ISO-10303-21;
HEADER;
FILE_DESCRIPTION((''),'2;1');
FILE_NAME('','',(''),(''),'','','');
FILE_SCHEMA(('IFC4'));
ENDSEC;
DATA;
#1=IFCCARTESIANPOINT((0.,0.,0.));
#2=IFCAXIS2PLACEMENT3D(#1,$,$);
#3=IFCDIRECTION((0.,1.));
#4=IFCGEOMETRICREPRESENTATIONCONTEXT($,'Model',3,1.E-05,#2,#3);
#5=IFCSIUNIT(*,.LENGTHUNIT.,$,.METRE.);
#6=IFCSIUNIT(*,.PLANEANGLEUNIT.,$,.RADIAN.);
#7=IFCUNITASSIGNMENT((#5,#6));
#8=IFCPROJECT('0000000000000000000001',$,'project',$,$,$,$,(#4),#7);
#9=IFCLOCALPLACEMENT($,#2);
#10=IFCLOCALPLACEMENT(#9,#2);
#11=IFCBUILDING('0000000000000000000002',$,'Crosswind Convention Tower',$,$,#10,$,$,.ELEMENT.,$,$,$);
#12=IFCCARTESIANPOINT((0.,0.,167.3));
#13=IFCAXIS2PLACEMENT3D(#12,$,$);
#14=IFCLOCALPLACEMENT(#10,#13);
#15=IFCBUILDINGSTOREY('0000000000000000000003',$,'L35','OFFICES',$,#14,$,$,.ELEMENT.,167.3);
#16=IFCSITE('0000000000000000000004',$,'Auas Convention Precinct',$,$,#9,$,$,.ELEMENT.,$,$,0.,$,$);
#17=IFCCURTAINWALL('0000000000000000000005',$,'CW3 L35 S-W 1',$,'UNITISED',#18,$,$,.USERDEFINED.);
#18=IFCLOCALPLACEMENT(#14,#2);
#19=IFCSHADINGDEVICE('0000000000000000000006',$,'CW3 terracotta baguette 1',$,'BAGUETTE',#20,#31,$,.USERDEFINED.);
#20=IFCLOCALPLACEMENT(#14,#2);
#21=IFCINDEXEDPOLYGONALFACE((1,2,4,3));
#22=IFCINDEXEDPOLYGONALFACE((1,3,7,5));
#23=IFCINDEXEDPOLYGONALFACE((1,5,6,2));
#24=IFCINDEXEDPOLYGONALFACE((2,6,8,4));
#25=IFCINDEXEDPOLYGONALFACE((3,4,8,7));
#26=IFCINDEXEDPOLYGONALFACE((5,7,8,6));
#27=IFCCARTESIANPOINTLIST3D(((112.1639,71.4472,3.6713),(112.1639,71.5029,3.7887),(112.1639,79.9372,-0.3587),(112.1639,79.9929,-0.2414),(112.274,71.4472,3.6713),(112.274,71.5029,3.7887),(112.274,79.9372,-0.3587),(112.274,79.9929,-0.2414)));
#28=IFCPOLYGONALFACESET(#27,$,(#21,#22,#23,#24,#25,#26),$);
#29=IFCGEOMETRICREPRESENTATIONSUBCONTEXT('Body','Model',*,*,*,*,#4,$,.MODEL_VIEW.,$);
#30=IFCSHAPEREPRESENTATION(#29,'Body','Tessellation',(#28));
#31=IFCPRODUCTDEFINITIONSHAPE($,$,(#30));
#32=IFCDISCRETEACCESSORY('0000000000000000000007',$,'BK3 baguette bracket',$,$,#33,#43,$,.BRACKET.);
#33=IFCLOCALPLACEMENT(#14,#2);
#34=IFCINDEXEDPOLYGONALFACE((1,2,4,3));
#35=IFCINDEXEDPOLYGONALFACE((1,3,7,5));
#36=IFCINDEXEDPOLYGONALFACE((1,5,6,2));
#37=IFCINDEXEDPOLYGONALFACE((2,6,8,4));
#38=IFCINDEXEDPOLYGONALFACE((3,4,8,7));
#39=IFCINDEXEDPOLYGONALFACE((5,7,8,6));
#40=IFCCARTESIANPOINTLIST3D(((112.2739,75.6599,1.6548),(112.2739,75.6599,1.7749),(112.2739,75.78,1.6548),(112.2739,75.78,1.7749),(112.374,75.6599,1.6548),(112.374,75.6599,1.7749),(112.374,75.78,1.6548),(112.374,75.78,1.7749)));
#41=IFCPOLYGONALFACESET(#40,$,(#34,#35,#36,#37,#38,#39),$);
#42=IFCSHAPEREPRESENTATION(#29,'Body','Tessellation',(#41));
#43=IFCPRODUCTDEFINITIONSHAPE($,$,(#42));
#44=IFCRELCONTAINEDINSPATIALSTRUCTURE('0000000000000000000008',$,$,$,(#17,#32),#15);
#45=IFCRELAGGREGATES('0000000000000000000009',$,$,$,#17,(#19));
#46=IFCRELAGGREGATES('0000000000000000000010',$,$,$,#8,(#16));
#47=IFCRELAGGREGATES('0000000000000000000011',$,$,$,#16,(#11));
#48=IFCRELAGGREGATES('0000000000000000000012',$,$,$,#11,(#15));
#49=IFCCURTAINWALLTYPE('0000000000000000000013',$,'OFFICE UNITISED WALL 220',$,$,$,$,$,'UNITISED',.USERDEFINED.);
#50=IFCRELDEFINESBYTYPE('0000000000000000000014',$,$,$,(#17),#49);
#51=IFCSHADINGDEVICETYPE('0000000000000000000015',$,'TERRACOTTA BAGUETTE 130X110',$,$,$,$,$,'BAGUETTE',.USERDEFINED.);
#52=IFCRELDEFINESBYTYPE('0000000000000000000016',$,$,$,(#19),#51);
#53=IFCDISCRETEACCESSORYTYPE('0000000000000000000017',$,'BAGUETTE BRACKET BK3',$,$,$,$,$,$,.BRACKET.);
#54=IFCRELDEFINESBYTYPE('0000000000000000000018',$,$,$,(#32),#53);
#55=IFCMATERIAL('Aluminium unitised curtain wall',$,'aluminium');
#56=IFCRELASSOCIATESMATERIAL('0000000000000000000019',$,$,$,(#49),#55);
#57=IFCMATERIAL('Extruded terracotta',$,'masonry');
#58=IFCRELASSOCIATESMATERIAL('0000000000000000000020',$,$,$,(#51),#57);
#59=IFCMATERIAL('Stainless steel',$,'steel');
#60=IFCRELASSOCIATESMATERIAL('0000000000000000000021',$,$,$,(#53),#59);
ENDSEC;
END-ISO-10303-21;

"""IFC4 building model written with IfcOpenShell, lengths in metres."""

from ifc_helpers import new_model, si_unit, direction, frame, origin, origin_2d, place, context, subcontext, project, spatial, rectangle, extrude, material, material_profile, profile_set, type_object, element, aggregate, save


model = new_model("IFC4")

# Units and contexts
model_context = context("Model", 3, precision=1e-05, world=origin(), true_north=direction((0.0, 1.0)))
body_context = subcontext(model_context, "Body", "Model", "MODEL_VIEW")
ifc_project = project(units=[si_unit("LENGTHUNIT", "METRE"), si_unit("PLANEANGLEUNIT", "RADIAN")], contexts=[model_context])

# Site, building, storey
site_placement = place(None, origin())
site = spatial("IfcSite", under=ifc_project, at=site_placement, Name="Auas Convention Precinct", CompositionType="ELEMENT", RefElevation=0.0)
building_placement = place(site_placement, origin())
building = spatial("IfcBuilding", under=site, at=building_placement, Name="Crosswind Convention Tower", CompositionType="ELEMENT")
storey_placement = place(building_placement, frame((0.0, 0.0, 167.3)))
storey = spatial("IfcBuildingStorey", under=building, at=storey_placement, Name="L35", Description="OFFICES", CompositionType="ELEMENT", Elevation=167.3)

# Curtain wall
ifc_material_1 = material(Name="Aluminium unitised curtain wall", Category="aluminium")
curtain_wall_type_1 = type_object("IfcCurtainWallType", Name="OFFICE UNITISED WALL 220", ElementType="UNITISED", PredefinedType="USERDEFINED", material=ifc_material_1)
curtain_wall_1_placement = place(storey_placement, origin())
curtain_wall_1 = element("IfcCurtainWall", 1, at=curtain_wall_1_placement, inside=storey, type_object=curtain_wall_type_1, Name="CW3 L35 S-W 1", ObjectType="UNITISED", PredefinedType="USERDEFINED")

# Shared definitions
ifc_material_2 = material(Name="Stainless steel", Category="steel")

# Shading device
ifc_material_3 = material(Name="Extruded terracotta", Category="masonry")
ifc_material_profile_1 = material_profile(ifc_material_3, rectangle(XDim=0.1101, YDim=0.1299, at=origin_2d()), Name="TC 110X130")
ifc_profile_set_1 = profile_set([ifc_material_profile_1], Name="Extruded terracotta")
shading_device_type = type_object("IfcShadingDeviceType", Name="TERRACOTTA BAGUETTE 130X110", ElementType="BAGUETTE", PredefinedType="USERDEFINED", material=ifc_profile_set_1)
shading_device_placement = place(storey_placement, frame((112.219, 79.9651, -0.3), z_axis=(0.0, -0.903389, 0.428821), x_axis=(1.0, 0.0, 0.0)))
shading_device = element("IfcShadingDevice", 2, at=shading_device_placement, type_object=shading_device_type, Name="CW3 terracotta baguette 1", ObjectType="BAGUETTE", PredefinedType="USERDEFINED", context=body_context, shape_type="SweptSolid", body=[
    extrude(rectangle(XDim=0.1101, YDim=0.1299, at=origin_2d()), origin(), (0.0, 0.0, 1.0), 9.3979),
])
aggregate(curtain_wall_1, [shading_device])

# Discrete accessory
discrete_accessory_type = type_object("IfcDiscreteAccessoryType", Name="BAGUETTE BRACKET BK3", PredefinedType="BRACKET", material=ifc_material_2)
discrete_accessory_placement = place(storey_placement, frame((112.324, 75.72, 1.6548), z_axis=(0.0, 0.0, 1.0), x_axis=(0.0, -1.0, 0.0)))
element("IfcDiscreteAccessory", 3, at=discrete_accessory_placement, inside=storey, type_object=discrete_accessory_type, Name="BK3 baguette bracket", PredefinedType="BRACKET", context=body_context, shape_type="SweptSolid", body=[
    extrude(rectangle(XDim=0.1201, YDim=0.1001, at=origin_2d()), origin(), (0.0, 0.0, 1.0), 0.1201),
])

save(model, "model.ifc")
